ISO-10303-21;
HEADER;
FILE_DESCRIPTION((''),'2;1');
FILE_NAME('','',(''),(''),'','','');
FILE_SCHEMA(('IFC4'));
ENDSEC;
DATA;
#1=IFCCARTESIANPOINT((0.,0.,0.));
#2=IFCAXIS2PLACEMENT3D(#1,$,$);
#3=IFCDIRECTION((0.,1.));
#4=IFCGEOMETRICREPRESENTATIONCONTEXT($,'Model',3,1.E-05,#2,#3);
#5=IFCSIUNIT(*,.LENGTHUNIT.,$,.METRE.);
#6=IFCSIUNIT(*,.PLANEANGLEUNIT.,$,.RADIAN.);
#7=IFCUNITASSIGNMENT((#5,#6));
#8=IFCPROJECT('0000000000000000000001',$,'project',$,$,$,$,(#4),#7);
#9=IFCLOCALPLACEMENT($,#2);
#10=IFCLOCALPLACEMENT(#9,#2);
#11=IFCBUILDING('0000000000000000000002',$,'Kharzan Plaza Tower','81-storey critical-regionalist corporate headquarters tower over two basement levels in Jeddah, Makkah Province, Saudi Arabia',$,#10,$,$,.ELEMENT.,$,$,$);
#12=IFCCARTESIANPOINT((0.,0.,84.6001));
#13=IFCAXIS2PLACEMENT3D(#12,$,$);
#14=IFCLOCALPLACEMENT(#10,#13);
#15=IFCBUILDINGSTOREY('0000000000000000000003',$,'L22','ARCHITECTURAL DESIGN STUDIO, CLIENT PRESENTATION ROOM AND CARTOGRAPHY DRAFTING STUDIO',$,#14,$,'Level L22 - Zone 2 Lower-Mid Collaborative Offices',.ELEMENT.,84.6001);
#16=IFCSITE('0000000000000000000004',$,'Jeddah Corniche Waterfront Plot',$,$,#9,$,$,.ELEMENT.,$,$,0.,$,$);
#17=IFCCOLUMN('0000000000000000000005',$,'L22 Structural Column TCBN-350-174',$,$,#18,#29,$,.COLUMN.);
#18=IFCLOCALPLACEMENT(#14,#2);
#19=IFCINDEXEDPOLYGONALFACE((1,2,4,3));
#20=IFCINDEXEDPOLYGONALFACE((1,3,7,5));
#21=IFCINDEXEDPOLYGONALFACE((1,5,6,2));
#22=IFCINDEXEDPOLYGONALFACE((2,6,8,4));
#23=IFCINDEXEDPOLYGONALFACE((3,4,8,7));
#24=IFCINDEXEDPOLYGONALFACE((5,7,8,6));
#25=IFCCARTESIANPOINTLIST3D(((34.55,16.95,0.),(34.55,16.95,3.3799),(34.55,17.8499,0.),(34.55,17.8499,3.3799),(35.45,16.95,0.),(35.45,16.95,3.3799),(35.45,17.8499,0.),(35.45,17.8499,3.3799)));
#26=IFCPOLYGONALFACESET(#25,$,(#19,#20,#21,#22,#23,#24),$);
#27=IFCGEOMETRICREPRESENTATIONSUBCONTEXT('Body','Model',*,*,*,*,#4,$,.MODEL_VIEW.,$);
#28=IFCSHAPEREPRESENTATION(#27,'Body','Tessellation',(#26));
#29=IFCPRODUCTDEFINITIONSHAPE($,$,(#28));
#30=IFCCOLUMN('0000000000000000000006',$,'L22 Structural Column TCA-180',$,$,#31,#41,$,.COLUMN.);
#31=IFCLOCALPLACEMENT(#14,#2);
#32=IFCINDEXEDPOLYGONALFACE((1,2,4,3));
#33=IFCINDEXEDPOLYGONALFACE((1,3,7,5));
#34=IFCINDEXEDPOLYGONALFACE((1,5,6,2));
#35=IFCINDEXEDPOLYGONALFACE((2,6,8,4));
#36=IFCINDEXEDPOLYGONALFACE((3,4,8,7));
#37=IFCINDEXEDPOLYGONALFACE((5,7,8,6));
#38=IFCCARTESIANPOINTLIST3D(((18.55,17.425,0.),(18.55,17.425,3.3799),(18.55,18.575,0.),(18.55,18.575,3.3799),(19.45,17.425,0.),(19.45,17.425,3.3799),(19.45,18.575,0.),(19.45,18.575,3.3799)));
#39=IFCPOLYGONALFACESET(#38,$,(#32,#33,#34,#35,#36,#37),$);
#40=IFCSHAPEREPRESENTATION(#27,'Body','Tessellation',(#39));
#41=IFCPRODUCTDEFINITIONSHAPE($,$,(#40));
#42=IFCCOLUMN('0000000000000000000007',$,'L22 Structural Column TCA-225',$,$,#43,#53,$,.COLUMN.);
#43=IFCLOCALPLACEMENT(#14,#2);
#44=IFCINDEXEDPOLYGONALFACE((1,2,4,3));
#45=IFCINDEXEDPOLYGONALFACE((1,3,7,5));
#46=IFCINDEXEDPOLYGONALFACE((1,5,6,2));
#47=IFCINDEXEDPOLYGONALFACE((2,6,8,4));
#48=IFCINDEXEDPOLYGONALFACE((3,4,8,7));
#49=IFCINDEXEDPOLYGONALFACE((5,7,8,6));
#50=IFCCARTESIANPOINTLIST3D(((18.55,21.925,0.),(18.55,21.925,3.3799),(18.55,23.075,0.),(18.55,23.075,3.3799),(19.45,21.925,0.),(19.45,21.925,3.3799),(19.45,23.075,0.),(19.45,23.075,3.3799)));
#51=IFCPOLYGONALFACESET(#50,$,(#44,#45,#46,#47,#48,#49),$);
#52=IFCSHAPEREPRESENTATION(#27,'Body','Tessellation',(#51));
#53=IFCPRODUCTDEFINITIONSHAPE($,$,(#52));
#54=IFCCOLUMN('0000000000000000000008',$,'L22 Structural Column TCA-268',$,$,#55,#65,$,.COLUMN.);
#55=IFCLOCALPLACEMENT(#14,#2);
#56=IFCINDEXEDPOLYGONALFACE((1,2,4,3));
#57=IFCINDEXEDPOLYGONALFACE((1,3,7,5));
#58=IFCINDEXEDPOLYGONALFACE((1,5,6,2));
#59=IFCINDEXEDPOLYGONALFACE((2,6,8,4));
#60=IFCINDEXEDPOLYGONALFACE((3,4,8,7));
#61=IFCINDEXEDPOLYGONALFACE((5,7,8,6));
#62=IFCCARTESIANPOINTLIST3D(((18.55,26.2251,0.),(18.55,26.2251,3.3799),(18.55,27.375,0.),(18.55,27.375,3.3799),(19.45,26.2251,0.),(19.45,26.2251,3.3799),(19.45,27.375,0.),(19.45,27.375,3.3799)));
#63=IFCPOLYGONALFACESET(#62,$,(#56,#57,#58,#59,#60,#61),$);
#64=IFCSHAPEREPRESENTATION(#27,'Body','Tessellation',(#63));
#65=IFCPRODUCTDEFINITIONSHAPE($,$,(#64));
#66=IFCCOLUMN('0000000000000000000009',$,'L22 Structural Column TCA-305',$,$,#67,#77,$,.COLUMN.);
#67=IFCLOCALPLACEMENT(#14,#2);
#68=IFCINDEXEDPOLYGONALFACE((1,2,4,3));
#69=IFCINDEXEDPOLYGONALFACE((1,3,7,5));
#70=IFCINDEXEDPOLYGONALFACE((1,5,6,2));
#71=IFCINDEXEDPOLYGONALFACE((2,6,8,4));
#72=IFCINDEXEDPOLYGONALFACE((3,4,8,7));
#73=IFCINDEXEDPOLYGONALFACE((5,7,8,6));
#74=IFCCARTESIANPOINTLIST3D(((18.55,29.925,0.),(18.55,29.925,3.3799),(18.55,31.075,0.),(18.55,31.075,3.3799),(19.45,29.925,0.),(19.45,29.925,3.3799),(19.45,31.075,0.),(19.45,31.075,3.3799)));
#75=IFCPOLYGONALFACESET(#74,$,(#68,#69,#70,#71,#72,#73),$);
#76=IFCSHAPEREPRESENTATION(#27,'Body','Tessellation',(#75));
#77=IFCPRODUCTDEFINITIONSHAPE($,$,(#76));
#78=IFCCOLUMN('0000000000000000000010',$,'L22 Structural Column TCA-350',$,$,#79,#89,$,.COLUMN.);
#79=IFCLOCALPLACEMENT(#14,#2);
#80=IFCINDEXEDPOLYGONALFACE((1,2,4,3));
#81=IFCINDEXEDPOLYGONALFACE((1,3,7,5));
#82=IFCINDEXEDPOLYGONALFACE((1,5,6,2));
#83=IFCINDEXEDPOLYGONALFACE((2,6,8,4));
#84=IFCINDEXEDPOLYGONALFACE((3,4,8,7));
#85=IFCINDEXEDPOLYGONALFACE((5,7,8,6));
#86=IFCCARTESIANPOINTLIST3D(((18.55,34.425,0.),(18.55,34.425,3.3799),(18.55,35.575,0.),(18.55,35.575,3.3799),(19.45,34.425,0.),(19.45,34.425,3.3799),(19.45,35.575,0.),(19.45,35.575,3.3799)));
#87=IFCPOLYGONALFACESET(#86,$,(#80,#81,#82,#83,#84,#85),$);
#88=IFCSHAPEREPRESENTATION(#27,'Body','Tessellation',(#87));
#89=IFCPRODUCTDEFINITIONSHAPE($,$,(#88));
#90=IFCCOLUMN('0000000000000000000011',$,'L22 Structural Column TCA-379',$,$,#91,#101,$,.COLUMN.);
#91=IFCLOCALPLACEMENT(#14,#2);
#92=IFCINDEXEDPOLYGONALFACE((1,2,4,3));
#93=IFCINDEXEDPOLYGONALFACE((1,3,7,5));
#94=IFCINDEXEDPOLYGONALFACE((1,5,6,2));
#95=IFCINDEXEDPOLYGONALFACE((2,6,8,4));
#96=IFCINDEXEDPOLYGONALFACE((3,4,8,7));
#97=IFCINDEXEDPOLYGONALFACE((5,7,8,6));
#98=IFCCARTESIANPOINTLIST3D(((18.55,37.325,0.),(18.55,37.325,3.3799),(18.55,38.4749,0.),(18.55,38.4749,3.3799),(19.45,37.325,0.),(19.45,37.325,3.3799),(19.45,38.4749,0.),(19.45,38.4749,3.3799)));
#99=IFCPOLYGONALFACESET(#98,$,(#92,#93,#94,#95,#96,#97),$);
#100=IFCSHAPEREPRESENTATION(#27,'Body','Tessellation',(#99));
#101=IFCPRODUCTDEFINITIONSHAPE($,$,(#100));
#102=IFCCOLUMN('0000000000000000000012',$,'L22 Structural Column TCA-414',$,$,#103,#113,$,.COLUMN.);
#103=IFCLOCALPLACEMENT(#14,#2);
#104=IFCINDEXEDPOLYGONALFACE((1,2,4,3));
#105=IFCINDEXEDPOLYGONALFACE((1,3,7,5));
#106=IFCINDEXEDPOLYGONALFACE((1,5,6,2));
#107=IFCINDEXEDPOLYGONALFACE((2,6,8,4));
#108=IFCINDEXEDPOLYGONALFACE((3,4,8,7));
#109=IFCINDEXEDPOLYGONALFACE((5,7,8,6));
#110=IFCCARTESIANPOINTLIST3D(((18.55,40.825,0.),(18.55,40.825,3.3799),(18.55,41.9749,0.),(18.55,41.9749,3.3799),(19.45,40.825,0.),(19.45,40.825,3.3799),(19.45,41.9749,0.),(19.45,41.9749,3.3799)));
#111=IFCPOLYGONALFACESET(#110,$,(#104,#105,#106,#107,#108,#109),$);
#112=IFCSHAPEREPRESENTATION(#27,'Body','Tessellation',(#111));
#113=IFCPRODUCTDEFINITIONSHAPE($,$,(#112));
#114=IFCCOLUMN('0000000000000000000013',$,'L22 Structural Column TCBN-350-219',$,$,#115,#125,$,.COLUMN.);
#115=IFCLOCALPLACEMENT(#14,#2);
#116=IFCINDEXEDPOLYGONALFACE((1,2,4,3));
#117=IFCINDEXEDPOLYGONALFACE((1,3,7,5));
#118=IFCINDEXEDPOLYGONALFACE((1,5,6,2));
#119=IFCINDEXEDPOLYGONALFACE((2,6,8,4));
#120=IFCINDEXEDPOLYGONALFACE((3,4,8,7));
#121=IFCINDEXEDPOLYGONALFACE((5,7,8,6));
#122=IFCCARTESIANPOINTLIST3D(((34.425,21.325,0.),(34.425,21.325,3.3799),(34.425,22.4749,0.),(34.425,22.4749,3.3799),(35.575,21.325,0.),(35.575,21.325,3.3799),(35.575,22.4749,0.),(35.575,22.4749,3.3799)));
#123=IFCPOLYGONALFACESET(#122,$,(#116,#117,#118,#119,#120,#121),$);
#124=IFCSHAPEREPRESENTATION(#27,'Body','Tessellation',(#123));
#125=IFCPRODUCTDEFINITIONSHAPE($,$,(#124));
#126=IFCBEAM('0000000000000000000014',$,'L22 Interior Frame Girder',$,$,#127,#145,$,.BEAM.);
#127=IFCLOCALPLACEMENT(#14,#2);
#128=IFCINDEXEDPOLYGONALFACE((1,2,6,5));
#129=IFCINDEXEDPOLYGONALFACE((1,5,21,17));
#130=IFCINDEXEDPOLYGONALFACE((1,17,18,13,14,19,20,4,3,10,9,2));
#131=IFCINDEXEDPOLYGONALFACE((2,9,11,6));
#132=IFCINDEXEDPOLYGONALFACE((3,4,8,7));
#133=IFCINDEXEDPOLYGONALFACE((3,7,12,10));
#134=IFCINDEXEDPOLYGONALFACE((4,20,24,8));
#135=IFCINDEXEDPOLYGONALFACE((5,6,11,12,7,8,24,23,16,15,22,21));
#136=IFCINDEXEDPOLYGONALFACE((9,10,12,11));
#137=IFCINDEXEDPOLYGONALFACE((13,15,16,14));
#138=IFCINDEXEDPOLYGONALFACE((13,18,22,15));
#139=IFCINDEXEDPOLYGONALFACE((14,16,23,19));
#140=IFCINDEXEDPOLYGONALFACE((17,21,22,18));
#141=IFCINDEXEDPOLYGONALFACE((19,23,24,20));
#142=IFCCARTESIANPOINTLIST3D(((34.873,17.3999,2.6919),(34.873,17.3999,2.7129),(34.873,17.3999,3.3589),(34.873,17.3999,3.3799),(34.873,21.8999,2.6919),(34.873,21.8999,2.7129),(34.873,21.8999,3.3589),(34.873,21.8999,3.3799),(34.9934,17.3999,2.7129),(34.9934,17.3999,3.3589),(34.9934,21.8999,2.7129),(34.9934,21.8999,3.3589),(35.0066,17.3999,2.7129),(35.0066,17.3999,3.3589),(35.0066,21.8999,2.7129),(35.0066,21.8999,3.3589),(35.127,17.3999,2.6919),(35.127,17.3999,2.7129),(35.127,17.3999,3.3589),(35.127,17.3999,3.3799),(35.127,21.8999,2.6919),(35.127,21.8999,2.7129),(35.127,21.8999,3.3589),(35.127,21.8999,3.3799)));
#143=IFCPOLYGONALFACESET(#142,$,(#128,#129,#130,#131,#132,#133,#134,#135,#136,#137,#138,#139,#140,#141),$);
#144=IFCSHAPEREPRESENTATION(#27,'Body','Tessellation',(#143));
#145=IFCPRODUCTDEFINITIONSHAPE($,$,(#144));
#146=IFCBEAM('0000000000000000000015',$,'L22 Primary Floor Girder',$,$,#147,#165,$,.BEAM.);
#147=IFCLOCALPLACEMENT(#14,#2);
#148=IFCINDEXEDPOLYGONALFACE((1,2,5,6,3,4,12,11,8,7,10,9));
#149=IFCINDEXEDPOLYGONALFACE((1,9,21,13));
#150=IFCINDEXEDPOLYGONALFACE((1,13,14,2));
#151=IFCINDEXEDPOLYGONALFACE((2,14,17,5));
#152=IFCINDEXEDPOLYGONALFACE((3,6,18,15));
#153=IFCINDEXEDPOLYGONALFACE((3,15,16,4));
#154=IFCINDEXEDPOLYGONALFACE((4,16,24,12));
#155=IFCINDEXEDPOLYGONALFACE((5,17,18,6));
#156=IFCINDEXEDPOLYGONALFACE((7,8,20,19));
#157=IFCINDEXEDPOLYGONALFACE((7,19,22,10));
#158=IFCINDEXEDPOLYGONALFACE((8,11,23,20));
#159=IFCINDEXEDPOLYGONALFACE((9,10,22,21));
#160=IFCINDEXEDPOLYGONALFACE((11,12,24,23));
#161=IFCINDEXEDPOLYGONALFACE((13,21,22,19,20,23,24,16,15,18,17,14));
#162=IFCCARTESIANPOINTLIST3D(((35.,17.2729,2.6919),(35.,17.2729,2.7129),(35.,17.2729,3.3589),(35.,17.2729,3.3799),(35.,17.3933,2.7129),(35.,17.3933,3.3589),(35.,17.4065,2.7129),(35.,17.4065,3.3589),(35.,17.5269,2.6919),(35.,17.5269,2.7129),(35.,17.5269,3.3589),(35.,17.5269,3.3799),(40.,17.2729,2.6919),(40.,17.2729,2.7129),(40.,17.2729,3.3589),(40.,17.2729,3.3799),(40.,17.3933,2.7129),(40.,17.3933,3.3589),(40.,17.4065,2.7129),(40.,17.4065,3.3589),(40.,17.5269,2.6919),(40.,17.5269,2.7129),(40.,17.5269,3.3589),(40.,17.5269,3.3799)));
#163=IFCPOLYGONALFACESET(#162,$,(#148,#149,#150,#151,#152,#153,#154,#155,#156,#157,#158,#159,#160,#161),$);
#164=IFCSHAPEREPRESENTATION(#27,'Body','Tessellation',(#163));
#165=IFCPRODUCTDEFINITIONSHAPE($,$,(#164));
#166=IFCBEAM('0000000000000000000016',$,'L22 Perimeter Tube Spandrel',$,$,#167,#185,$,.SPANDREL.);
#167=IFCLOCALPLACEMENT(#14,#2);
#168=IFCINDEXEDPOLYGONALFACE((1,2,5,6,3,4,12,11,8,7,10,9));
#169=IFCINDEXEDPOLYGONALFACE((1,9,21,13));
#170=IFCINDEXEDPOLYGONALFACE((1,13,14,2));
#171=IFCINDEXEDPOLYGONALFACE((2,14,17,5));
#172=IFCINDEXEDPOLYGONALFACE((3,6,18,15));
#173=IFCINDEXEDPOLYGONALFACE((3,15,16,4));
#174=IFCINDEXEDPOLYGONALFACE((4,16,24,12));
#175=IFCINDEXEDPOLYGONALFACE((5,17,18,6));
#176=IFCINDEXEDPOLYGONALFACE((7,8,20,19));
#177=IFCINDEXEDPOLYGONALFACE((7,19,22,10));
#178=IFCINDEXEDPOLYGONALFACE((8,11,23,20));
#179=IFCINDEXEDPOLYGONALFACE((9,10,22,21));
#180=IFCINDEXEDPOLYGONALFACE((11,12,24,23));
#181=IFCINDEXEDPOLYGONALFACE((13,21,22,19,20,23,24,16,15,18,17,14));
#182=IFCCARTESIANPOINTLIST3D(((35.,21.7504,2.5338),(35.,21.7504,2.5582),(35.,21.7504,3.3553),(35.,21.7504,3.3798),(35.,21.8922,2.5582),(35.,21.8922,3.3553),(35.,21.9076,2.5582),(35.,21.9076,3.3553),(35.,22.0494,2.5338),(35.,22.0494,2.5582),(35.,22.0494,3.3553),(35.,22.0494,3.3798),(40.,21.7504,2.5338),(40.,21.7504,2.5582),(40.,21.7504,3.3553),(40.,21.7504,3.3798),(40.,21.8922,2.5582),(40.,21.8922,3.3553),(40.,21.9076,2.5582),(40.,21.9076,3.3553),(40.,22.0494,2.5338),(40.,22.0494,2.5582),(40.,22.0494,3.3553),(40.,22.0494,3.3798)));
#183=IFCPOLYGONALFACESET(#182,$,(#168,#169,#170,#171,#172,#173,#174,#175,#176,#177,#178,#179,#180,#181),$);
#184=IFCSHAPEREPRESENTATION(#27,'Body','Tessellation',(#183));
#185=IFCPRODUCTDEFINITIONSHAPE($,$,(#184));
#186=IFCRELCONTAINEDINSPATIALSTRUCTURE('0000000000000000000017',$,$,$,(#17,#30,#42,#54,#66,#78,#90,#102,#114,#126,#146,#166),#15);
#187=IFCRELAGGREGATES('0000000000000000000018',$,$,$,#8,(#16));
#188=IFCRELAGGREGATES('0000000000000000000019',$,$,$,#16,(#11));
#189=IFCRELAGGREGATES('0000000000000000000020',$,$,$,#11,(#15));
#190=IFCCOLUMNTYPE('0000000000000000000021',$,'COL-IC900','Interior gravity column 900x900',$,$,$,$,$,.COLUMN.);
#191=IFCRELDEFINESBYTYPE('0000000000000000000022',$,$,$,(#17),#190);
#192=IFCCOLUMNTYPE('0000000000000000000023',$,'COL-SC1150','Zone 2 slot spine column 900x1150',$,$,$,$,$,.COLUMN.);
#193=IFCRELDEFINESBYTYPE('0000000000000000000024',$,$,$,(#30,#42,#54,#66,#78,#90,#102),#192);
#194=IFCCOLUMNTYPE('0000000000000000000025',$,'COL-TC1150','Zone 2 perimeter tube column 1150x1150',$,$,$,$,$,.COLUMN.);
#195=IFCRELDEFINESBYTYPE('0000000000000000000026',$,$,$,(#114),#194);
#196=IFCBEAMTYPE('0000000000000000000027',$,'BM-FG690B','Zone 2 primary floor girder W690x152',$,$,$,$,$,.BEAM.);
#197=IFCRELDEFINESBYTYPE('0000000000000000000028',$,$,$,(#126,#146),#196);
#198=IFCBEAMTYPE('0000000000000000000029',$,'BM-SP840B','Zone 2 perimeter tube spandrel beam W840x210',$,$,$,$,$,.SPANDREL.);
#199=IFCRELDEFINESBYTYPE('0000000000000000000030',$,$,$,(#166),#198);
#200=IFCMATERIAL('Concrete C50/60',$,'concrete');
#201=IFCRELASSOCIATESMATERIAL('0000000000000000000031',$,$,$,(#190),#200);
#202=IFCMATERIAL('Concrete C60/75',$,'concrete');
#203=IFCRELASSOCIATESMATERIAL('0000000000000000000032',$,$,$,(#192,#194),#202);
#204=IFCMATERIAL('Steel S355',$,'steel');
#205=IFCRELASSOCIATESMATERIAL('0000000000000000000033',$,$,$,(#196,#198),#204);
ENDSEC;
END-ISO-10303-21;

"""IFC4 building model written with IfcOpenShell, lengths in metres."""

from ifc_helpers import new_model, si_unit, direction, frame, origin, origin_2d, place, context, subcontext, project, spatial, rectangle, i_section, extrude, source, transform, mapped, material, material_profile, profile_set, type_object, element, save


model = new_model("IFC4")

# Units and contexts
model_context = context("Model", 3, precision=1e-05, world=origin(), true_north=direction((0.0, 1.0)))
body_context = subcontext(model_context, "Body", "Model", "MODEL_VIEW")
ifc_project = project(units=[si_unit("LENGTHUNIT", "METRE"), si_unit("PLANEANGLEUNIT", "RADIAN")], contexts=[model_context])

# Site, building, storey
site_placement = place(None, origin())
site = spatial("IfcSite", under=ifc_project, at=site_placement, Name="Jeddah Corniche Waterfront Plot", CompositionType="ELEMENT", RefElevation=0.0)
building_placement = place(site_placement, origin())
building = spatial("IfcBuilding", under=site, at=building_placement, Name="Kharzan Plaza Tower", Description="81-storey critical-regionalist corporate headquarters tower over two basement levels in Jeddah, Makkah Province, Saudi Arabia", CompositionType="ELEMENT")
storey_placement = place(building_placement, frame((0.0, 0.0, 84.6001)))
storey = spatial("IfcBuildingStorey", under=building, at=storey_placement, Name="L22", Description="ARCHITECTURAL DESIGN STUDIO, CLIENT PRESENTATION ROOM AND CARTOGRAPHY DRAFTING STUDIO", LongName="Level L22 - Zone 2 Lower-Mid Collaborative Offices", CompositionType="ELEMENT", Elevation=84.6001)

# Columns
ifc_material_1 = material(Name="Concrete C50/60", Category="concrete")
ifc_material_profile_1 = material_profile(ifc_material_1, rectangle(XDim=0.8999, YDim=0.8999, at=origin_2d()), Name="RC-IC900x900")
ifc_profile_set_1 = profile_set([ifc_material_profile_1], Name="Concrete C50/60")
column_type_1 = type_object("IfcColumnType", Name="COL-IC900", Description="Interior gravity column 900x900", PredefinedType="COLUMN", material=ifc_profile_set_1)
shared_shape_1 = source(origin(), body_context, "Body", "SweptSolid", [
    extrude(rectangle(XDim=0.8999, YDim=0.8999, at=origin_2d()), origin(), (0.0, 0.0, 1.0), 3.3799),
])
column_1_placement = place(storey_placement, frame((35.0, 17.3999, 0.0), z_axis=(0.0, 0.0, 1.0), x_axis=(1.0, 0.0, 0.0)))
element("IfcColumn", 1, at=column_1_placement, inside=storey, type_object=column_type_1, Name="L22 Structural Column TCBN-350-174", PredefinedType="COLUMN", context=body_context, shape_type="MappedRepresentation", body=[
    mapped(shared_shape_1, transform((0.0, 0.0, 0.0), x_axis=(1.0, 0.0, 0.0), y_axis=(0.0, 1.0, 0.0), z_axis=(0.0, 0.0, 1.0))),
])
ifc_material_2 = material(Name="Concrete C60/75", Category="concrete")
ifc_material_profile_2 = material_profile(ifc_material_2, rectangle(XDim=0.8999, YDim=1.1499, at=origin_2d()), Name="RC-SC1150x900")
ifc_profile_set_2 = profile_set([ifc_material_profile_2], Name="Concrete C60/75")
column_type_2 = type_object("IfcColumnType", Name="COL-SC1150", Description="Zone 2 slot spine column 900x1150", PredefinedType="COLUMN", material=ifc_profile_set_2)
shared_shape_2 = source(origin(), body_context, "Body", "SweptSolid", [
    extrude(rectangle(XDim=0.8999, YDim=1.1499, at=origin_2d()), origin(), (0.0, 0.0, 1.0), 3.3799),
])
for number, where, z_axis, x_axis, name in (
    (2, (19.0, 18.0, 0.0), (0.0, 0.0, 1.0), (1.0, 0.0, 0.0), "L22 Structural Column TCA-180"),
    (3, (19.0, 22.5, 0.0), (0.0, 0.0, 1.0), (1.0, 0.0, 0.0), "L22 Structural Column TCA-225"),
    (4, (19.0, 26.8, 0.0), (0.0, 0.0, 1.0), (1.0, 0.0, 0.0), "L22 Structural Column TCA-268"),
    (5, (19.0, 30.5, 0.0), (0.0, 0.0, 1.0), (1.0, 0.0, 0.0), "L22 Structural Column TCA-305"),
    (6, (19.0, 35.0, 0.0), (0.0, 0.0, 1.0), (1.0, 0.0, 0.0), "L22 Structural Column TCA-350"),
    (7, (19.0, 37.8999, 0.0), (0.0, 0.0, 1.0), (1.0, 0.0, 0.0), "L22 Structural Column TCA-379"),
    (8, (19.0, 41.3999, 0.0), (0.0, 0.0, 1.0), (1.0, 0.0, 0.0), "L22 Structural Column TCA-414"),
):
    element("IfcColumn", number, at=place(storey_placement, frame(where, z_axis=z_axis, x_axis=x_axis)), inside=storey, type_object=column_type_2, Name=name, PredefinedType="COLUMN", context=body_context, shape_type="MappedRepresentation", body=[
        mapped(shared_shape_2, transform((0.0, 0.0, 0.0), x_axis=(1.0, 0.0, 0.0), y_axis=(0.0, 1.0, 0.0), z_axis=(0.0, 0.0, 1.0))),
    ])
ifc_material_profile_3 = material_profile(ifc_material_2, rectangle(XDim=1.1499, YDim=1.1499, at=origin_2d()), Name="RC-TC1150x1150")
ifc_profile_set_3 = profile_set([ifc_material_profile_3], Name="Concrete C60/75")
column_type_3 = type_object("IfcColumnType", Name="COL-TC1150", Description="Zone 2 perimeter tube column 1150x1150", PredefinedType="COLUMN", material=ifc_profile_set_3)
shared_shape_3 = source(origin(), body_context, "Body", "SweptSolid", [
    extrude(rectangle(XDim=1.1499, YDim=1.1499, at=origin_2d()), origin(), (0.0, 0.0, 1.0), 3.3799),
])
column_2_placement = place(storey_placement, frame((35.0, 21.8999, 0.0), z_axis=(0.0, 0.0, 1.0), x_axis=(1.0, 0.0, 0.0)))
element("IfcColumn", 9, at=column_2_placement, inside=storey, type_object=column_type_3, Name="L22 Structural Column TCBN-350-219", PredefinedType="COLUMN", context=body_context, shape_type="MappedRepresentation", body=[
    mapped(shared_shape_3, transform((0.0, 0.0, 0.0), x_axis=(1.0, 0.0, 0.0), y_axis=(0.0, 1.0, 0.0), z_axis=(0.0, 0.0, 1.0))),
])

# Beams
ifc_material_3 = material(Name="Steel S355", Category="steel")
ifc_material_profile_4 = material_profile(ifc_material_3, i_section(OverallWidth=0.2539, OverallDepth=0.688, WebThickness=0.0132, FlangeThickness=0.021, at=origin_2d()), Name="W690x152")
ifc_profile_set_4 = profile_set([ifc_material_profile_4], Name="Steel S355")
beam_type_1 = type_object("IfcBeamType", Name="BM-FG690B", Description="Zone 2 primary floor girder W690x152", PredefinedType="BEAM", material=ifc_profile_set_4)
shared_shape_4 = source(origin(), body_context, "Body", "SweptSolid", [
    extrude(i_section(OverallWidth=0.2539, OverallDepth=0.688, WebThickness=0.0132, FlangeThickness=0.021, at=origin_2d()), origin(), (0.0, 0.0, 1.0), 4.5),
])
beam_1_placement = place(storey_placement, frame((35.0, 17.3999, 3.0359), z_axis=(0.0, 1.0, 0.0), x_axis=(-1.0, 0.0, 0.0)))
element("IfcBeam", 10, at=beam_1_placement, inside=storey, type_object=beam_type_1, Name="L22 Interior Frame Girder", PredefinedType="BEAM", context=body_context, shape_type="MappedRepresentation", body=[
    mapped(shared_shape_4, transform((0.0, 0.0, 0.0), x_axis=(1.0, 0.0, 0.0), y_axis=(0.0, 1.0, 0.0), z_axis=(0.0, 0.0, 1.0))),
])
shared_shape_5 = source(origin(), body_context, "Body", "SweptSolid", [
    extrude(i_section(OverallWidth=0.2539, OverallDepth=0.688, WebThickness=0.0132, FlangeThickness=0.021, at=origin_2d()), origin(), (0.0, 0.0, 1.0), 5.0),
])
beam_2_placement = place(storey_placement, frame((35.0, 17.3999, 3.0359), z_axis=(1.0, 0.0, 0.0), x_axis=(0.0, 1.0, 0.0)))
element("IfcBeam", 11, at=beam_2_placement, inside=storey, type_object=beam_type_1, Name="L22 Primary Floor Girder", PredefinedType="BEAM", context=body_context, shape_type="MappedRepresentation", body=[
    mapped(shared_shape_5, transform((0.0, 0.0, 0.0), x_axis=(1.0, 0.0, 0.0), y_axis=(0.0, 1.0, 0.0), z_axis=(0.0, 0.0, 1.0))),
])
ifc_material_profile_5 = material_profile(ifc_material_3, i_section(OverallWidth=0.2991, OverallDepth=0.8459, WebThickness=0.0154, FlangeThickness=0.0244, at=origin_2d()), Name="W840x210")
ifc_profile_set_5 = profile_set([ifc_material_profile_5], Name="Steel S355")
beam_type_2 = type_object("IfcBeamType", Name="BM-SP840B", Description="Zone 2 perimeter tube spandrel beam W840x210", PredefinedType="SPANDREL", material=ifc_profile_set_5)
shared_shape_6 = source(origin(), body_context, "Body", "SweptSolid", [
    extrude(i_section(OverallWidth=0.2991, OverallDepth=0.8459, WebThickness=0.0154, FlangeThickness=0.0244, at=origin_2d()), origin(), (0.0, 0.0, 1.0), 5.0),
])
beam_3_placement = place(storey_placement, frame((35.0, 21.8999, 2.9568), z_axis=(1.0, 0.0, 0.0), x_axis=(0.0, 1.0, 0.0)))
element("IfcBeam", 12, at=beam_3_placement, inside=storey, type_object=beam_type_2, Name="L22 Perimeter Tube Spandrel", PredefinedType="SPANDREL", context=body_context, shape_type="MappedRepresentation", body=[
    mapped(shared_shape_6, transform((0.0, 0.0, 0.0), x_axis=(1.0, 0.0, 0.0), y_axis=(0.0, 1.0, 0.0), z_axis=(0.0, 0.0, 1.0))),
])

save(model, "model.ifc")
